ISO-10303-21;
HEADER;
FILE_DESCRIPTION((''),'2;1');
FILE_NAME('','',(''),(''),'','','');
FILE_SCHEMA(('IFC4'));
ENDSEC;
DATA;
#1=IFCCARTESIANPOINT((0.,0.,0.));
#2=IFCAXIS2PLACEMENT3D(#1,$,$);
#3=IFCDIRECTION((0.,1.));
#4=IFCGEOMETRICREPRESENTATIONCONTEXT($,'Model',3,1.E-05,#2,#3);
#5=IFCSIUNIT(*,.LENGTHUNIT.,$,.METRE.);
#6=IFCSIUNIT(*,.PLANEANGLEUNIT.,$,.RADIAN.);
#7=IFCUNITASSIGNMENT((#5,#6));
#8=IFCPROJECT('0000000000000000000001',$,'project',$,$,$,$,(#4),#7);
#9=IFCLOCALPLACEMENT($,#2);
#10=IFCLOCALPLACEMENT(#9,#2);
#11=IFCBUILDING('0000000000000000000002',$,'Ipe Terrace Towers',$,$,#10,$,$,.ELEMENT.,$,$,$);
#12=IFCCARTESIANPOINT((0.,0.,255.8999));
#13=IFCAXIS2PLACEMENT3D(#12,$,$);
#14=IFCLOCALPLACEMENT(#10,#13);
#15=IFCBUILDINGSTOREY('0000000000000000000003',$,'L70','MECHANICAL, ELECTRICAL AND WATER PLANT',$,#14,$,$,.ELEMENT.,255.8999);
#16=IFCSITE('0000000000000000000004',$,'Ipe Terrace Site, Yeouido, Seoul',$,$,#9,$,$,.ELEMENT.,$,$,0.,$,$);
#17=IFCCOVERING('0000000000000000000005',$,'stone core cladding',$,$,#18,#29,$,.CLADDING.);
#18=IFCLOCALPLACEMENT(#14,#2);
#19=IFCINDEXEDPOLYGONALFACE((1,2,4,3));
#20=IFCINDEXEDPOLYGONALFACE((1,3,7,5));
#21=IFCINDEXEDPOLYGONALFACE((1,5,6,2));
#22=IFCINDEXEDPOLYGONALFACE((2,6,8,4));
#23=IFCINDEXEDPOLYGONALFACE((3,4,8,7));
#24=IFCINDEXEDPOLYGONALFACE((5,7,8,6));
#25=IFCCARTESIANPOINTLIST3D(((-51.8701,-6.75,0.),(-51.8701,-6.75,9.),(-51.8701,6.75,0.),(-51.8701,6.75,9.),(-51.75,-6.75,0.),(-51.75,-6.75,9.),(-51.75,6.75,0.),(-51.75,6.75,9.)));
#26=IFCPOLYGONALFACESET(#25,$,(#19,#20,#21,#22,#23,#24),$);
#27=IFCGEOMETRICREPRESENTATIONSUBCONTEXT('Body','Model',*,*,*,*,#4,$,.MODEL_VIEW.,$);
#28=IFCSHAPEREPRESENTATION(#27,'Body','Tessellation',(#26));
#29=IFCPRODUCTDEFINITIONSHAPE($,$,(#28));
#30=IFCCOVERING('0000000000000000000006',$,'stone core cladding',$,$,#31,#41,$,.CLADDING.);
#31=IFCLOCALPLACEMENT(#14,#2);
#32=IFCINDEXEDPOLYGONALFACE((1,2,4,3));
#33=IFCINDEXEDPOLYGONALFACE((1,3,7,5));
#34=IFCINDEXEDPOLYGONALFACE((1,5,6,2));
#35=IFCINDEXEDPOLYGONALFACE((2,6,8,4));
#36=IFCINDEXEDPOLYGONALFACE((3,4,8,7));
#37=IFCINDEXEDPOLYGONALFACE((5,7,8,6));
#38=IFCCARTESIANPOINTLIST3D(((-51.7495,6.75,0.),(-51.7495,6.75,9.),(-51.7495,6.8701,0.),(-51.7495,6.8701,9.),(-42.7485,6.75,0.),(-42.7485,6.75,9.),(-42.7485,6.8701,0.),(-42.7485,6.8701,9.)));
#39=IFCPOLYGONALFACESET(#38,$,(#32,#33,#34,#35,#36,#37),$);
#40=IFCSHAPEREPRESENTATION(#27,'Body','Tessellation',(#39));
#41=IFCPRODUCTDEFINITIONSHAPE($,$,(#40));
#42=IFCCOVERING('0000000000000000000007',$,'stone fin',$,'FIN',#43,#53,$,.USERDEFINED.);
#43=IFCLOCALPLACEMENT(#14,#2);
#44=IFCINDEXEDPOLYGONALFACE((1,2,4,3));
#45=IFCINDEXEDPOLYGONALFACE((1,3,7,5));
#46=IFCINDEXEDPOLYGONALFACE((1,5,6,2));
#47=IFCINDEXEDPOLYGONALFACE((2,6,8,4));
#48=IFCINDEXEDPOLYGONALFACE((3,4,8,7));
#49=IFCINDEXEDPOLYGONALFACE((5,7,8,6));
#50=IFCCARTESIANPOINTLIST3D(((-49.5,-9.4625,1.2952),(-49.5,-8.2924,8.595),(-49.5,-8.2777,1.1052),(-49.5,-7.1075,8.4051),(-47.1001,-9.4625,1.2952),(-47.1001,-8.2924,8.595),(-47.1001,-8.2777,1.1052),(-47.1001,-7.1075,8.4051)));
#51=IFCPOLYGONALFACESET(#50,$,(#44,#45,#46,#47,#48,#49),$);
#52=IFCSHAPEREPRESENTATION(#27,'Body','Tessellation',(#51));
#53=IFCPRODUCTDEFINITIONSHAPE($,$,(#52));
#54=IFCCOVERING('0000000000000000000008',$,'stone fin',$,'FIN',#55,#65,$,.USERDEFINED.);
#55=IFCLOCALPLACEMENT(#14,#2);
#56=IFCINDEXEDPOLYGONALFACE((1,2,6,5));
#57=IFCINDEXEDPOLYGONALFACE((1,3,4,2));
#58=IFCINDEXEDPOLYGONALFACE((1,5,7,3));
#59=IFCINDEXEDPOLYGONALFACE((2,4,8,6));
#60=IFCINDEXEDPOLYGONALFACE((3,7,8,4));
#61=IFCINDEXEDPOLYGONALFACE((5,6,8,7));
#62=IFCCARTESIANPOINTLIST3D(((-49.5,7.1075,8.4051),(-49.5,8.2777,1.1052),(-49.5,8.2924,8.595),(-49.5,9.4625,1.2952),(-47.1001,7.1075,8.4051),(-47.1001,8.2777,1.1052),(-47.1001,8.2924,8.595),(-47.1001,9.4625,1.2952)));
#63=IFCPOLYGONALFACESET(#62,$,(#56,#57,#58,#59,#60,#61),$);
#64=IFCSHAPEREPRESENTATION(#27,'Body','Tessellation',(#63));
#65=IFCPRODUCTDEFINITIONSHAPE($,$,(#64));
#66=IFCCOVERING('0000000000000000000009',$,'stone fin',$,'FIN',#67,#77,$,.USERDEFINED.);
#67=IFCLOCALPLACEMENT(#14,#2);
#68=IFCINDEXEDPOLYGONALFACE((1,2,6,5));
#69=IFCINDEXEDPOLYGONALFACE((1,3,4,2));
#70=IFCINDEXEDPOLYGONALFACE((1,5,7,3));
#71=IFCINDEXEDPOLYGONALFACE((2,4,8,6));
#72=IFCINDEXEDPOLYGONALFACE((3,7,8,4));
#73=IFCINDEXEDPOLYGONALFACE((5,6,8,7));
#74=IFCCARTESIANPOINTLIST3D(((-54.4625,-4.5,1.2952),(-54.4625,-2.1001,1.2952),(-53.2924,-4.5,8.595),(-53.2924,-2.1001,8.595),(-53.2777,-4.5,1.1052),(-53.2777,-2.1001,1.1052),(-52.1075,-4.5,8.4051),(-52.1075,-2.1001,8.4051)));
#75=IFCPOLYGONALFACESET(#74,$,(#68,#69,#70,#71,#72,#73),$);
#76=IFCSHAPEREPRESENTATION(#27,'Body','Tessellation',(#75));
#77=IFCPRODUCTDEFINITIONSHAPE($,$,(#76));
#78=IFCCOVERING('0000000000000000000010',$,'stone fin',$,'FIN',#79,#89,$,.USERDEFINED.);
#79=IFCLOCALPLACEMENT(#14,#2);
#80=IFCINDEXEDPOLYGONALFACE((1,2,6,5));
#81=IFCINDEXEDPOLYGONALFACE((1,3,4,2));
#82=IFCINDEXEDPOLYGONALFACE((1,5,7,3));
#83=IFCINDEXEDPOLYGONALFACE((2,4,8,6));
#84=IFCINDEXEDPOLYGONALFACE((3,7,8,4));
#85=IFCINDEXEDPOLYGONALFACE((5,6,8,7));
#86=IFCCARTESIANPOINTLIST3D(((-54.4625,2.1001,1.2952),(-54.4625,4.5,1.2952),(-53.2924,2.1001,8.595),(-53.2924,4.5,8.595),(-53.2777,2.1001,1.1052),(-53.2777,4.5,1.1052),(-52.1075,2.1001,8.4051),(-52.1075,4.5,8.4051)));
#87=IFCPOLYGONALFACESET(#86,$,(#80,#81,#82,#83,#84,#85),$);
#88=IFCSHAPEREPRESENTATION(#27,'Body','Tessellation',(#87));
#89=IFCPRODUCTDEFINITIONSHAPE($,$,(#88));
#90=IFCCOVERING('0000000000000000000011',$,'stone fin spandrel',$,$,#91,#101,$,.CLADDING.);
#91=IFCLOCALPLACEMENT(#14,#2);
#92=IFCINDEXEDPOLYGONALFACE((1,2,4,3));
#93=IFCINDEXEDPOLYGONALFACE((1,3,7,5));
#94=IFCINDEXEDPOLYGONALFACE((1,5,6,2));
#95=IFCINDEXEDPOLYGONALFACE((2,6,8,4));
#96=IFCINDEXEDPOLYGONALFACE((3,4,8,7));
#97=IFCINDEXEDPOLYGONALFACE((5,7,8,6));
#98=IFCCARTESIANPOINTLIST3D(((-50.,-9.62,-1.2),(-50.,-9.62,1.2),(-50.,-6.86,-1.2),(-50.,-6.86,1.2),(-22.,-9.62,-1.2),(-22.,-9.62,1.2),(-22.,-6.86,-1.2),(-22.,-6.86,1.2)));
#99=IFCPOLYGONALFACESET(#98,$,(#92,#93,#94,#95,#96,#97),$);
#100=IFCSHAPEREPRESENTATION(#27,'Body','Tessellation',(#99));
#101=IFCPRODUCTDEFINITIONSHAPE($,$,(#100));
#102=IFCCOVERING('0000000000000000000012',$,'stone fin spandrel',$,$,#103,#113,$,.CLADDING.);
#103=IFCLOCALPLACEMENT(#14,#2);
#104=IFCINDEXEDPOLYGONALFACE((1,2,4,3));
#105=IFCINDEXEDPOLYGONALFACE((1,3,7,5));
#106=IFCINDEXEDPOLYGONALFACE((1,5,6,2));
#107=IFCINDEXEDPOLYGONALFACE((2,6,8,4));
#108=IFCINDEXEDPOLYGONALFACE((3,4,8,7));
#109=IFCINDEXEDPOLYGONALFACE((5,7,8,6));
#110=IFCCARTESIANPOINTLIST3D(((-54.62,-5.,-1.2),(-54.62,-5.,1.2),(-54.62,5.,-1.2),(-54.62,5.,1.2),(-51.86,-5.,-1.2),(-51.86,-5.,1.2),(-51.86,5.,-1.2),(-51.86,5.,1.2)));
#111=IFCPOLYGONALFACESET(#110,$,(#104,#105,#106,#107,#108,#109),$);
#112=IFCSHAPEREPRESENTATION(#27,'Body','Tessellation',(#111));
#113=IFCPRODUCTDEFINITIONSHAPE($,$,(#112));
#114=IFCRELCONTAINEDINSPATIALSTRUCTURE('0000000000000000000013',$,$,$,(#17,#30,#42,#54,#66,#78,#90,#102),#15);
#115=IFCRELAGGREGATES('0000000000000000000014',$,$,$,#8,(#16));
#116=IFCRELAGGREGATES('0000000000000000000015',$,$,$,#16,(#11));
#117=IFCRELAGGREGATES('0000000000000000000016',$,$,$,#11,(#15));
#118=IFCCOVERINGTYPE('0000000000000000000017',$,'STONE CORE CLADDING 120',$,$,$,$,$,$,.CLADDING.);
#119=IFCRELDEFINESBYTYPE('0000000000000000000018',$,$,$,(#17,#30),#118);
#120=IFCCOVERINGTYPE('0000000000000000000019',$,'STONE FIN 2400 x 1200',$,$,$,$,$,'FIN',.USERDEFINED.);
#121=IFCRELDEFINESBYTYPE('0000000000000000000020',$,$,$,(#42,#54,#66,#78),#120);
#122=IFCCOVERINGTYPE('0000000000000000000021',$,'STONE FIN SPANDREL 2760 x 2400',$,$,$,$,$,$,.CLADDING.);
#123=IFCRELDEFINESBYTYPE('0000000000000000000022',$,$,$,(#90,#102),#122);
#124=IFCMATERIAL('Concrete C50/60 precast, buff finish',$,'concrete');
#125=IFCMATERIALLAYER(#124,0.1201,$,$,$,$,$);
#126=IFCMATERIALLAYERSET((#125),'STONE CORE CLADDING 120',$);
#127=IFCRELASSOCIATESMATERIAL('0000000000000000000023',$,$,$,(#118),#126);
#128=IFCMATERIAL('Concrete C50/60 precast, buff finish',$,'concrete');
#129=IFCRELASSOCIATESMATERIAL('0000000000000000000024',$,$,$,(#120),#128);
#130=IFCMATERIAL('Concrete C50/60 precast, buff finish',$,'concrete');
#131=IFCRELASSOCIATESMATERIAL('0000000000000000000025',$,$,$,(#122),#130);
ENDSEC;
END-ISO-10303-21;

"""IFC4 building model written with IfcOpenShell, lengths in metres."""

from ifc_helpers import new_model, si_unit, direction, frame, origin, origin_2d, place, context, subcontext, project, spatial, rectangle, extrude, material, layer, layer_set, material_profile, profile_set, type_object, element, save


model = new_model("IFC4")

# Units and contexts
model_context = context("Model", 3, precision=1e-05, world=origin(), true_north=direction((0.0, 1.0)))
body_context = subcontext(model_context, "Body", "Model", "MODEL_VIEW")
ifc_project = project(units=[si_unit("LENGTHUNIT", "METRE"), si_unit("PLANEANGLEUNIT", "RADIAN")], contexts=[model_context])

# Site, building, storey
site_placement = place(None, origin())
site = spatial("IfcSite", under=ifc_project, at=site_placement, Name="Ipe Terrace Site, Yeouido, Seoul", CompositionType="ELEMENT", RefElevation=0.0)
building_placement = place(site_placement, origin())
building = spatial("IfcBuilding", under=site, at=building_placement, Name="Ipe Terrace Towers", CompositionType="ELEMENT")
storey_placement = place(building_placement, frame((0.0, 0.0, 255.8999)))
storey = spatial("IfcBuildingStorey", under=building, at=storey_placement, Name="L70", Description="MECHANICAL, ELECTRICAL AND WATER PLANT", CompositionType="ELEMENT", Elevation=255.8999)

# Coverings
ifc_material_1 = material(Name="Concrete C50/60 precast, buff finish", Category="concrete")
ifc_layer_1 = layer(ifc_material_1, 0.1201)
ifc_layer_set_1 = layer_set([ifc_layer_1], Name="STONE CORE CLADDING 120")
covering_type_1 = type_object("IfcCoveringType", Name="STONE CORE CLADDING 120", PredefinedType="CLADDING", material=ifc_layer_set_1)
covering_1_placement = place(storey_placement, frame((-51.8101, 0.0, 0.0), z_axis=(0.0, 0.0, 1.0), x_axis=(0.0, -1.0, 0.0)))
element("IfcCovering", 1, at=covering_1_placement, inside=storey, type_object=covering_type_1, Name="stone core cladding", PredefinedType="CLADDING", context=body_context, shape_type="SweptSolid", body=[
    extrude(rectangle(XDim=13.5, YDim=0.1201, at=origin_2d()), origin(), (0.0, 0.0, 1.0), 9.0),
])
covering_2_placement = place(storey_placement, frame((-47.249, 6.8101, 0.0), z_axis=(0.0, 0.0, 1.0), x_axis=(-1.0, 0.0, 0.0)))
element("IfcCovering", 2, at=covering_2_placement, inside=storey, type_object=covering_type_1, Name="stone core cladding", PredefinedType="CLADDING", context=body_context, shape_type="SweptSolid", body=[
    extrude(rectangle(XDim=9.001, YDim=0.1201, at=origin_2d()), origin(), (0.0, 0.0, 1.0), 9.0),
])
ifc_material_2 = material(Name="Concrete C50/60 precast, buff finish", Category="concrete")
ifc_material_profile_1 = material_profile(ifc_material_2, rectangle(XDim=2.3999, YDim=1.2, at=origin_2d()), Name="STONE FIN 2400 x 1200")
ifc_profile_set_1 = profile_set([ifc_material_profile_1], Name="Concrete C50/60 precast, buff finish")
covering_type_2 = type_object("IfcCoveringType", Name="STONE FIN 2400 x 1200", ElementType="FIN", PredefinedType="USERDEFINED", material=ifc_profile_set_1)
for number, where, z_axis, x_axis, name in (
    (3, (-48.3, -8.8701, 1.2002), (0.0, 0.15828, 0.987394), (1.0, 0.0, 0.0), "stone fin"),
    (4, (-48.3, 8.8701, 1.2002), (0.0, -0.15828, 0.987394), (-1.0, 0.0, 0.0), "stone fin"),
    (5, (-53.8701, -3.3, 1.2002), (0.15828, 0.0, 0.987394), (0.0, -1.0, 0.0), "stone fin"),
    (6, (-53.8701, 3.3, 1.2002), (0.15828, 0.0, 0.987394), (0.0, -1.0, 0.0), "stone fin"),
):
    element("IfcCovering", number, at=place(storey_placement, frame(where, z_axis=z_axis, x_axis=x_axis)), inside=storey, type_object=covering_type_2, Name=name, ObjectType="FIN", PredefinedType="USERDEFINED", context=body_context, shape_type="SweptSolid", body=[
        extrude(rectangle(XDim=2.3999, YDim=1.2, at=origin_2d()), origin(), (0.0, 0.0, 1.0), 7.3931),
    ])
ifc_material_3 = material(Name="Concrete C50/60 precast, buff finish", Category="concrete")
ifc_material_profile_2 = material_profile(ifc_material_3, rectangle(XDim=2.76, YDim=2.3999, at=origin_2d()), Name="STONE FIN SPANDREL 2760 x 2400")
ifc_profile_set_2 = profile_set([ifc_material_profile_2], Name="Concrete C50/60 precast, buff finish")
covering_type_3 = type_object("IfcCoveringType", Name="STONE FIN SPANDREL 2760 x 2400", PredefinedType="CLADDING", material=ifc_profile_set_2)
covering_3_placement = place(storey_placement, frame((-50.0, -8.24, 0.0), z_axis=(1.0, 0.0, 0.0), x_axis=(0.0, -1.0, 0.0)))
element("IfcCovering", 7, at=covering_3_placement, inside=storey, type_object=covering_type_3, Name="stone fin spandrel", PredefinedType="CLADDING", context=body_context, shape_type="SweptSolid", body=[
    extrude(rectangle(XDim=2.76, YDim=2.3999, at=origin_2d()), origin(), (0.0, 0.0, 1.0), 28.0),
])
covering_4_placement = place(storey_placement, frame((-53.24, 5.0, 0.0), z_axis=(0.0, -1.0, 0.0), x_axis=(-1.0, 0.0, 0.0)))
element("IfcCovering", 8, at=covering_4_placement, inside=storey, type_object=covering_type_3, Name="stone fin spandrel", PredefinedType="CLADDING", context=body_context, shape_type="SweptSolid", body=[
    extrude(rectangle(XDim=2.76, YDim=2.3999, at=origin_2d()), origin(), (0.0, 0.0, 1.0), 10.0),
])

save(model, "model.ifc")
